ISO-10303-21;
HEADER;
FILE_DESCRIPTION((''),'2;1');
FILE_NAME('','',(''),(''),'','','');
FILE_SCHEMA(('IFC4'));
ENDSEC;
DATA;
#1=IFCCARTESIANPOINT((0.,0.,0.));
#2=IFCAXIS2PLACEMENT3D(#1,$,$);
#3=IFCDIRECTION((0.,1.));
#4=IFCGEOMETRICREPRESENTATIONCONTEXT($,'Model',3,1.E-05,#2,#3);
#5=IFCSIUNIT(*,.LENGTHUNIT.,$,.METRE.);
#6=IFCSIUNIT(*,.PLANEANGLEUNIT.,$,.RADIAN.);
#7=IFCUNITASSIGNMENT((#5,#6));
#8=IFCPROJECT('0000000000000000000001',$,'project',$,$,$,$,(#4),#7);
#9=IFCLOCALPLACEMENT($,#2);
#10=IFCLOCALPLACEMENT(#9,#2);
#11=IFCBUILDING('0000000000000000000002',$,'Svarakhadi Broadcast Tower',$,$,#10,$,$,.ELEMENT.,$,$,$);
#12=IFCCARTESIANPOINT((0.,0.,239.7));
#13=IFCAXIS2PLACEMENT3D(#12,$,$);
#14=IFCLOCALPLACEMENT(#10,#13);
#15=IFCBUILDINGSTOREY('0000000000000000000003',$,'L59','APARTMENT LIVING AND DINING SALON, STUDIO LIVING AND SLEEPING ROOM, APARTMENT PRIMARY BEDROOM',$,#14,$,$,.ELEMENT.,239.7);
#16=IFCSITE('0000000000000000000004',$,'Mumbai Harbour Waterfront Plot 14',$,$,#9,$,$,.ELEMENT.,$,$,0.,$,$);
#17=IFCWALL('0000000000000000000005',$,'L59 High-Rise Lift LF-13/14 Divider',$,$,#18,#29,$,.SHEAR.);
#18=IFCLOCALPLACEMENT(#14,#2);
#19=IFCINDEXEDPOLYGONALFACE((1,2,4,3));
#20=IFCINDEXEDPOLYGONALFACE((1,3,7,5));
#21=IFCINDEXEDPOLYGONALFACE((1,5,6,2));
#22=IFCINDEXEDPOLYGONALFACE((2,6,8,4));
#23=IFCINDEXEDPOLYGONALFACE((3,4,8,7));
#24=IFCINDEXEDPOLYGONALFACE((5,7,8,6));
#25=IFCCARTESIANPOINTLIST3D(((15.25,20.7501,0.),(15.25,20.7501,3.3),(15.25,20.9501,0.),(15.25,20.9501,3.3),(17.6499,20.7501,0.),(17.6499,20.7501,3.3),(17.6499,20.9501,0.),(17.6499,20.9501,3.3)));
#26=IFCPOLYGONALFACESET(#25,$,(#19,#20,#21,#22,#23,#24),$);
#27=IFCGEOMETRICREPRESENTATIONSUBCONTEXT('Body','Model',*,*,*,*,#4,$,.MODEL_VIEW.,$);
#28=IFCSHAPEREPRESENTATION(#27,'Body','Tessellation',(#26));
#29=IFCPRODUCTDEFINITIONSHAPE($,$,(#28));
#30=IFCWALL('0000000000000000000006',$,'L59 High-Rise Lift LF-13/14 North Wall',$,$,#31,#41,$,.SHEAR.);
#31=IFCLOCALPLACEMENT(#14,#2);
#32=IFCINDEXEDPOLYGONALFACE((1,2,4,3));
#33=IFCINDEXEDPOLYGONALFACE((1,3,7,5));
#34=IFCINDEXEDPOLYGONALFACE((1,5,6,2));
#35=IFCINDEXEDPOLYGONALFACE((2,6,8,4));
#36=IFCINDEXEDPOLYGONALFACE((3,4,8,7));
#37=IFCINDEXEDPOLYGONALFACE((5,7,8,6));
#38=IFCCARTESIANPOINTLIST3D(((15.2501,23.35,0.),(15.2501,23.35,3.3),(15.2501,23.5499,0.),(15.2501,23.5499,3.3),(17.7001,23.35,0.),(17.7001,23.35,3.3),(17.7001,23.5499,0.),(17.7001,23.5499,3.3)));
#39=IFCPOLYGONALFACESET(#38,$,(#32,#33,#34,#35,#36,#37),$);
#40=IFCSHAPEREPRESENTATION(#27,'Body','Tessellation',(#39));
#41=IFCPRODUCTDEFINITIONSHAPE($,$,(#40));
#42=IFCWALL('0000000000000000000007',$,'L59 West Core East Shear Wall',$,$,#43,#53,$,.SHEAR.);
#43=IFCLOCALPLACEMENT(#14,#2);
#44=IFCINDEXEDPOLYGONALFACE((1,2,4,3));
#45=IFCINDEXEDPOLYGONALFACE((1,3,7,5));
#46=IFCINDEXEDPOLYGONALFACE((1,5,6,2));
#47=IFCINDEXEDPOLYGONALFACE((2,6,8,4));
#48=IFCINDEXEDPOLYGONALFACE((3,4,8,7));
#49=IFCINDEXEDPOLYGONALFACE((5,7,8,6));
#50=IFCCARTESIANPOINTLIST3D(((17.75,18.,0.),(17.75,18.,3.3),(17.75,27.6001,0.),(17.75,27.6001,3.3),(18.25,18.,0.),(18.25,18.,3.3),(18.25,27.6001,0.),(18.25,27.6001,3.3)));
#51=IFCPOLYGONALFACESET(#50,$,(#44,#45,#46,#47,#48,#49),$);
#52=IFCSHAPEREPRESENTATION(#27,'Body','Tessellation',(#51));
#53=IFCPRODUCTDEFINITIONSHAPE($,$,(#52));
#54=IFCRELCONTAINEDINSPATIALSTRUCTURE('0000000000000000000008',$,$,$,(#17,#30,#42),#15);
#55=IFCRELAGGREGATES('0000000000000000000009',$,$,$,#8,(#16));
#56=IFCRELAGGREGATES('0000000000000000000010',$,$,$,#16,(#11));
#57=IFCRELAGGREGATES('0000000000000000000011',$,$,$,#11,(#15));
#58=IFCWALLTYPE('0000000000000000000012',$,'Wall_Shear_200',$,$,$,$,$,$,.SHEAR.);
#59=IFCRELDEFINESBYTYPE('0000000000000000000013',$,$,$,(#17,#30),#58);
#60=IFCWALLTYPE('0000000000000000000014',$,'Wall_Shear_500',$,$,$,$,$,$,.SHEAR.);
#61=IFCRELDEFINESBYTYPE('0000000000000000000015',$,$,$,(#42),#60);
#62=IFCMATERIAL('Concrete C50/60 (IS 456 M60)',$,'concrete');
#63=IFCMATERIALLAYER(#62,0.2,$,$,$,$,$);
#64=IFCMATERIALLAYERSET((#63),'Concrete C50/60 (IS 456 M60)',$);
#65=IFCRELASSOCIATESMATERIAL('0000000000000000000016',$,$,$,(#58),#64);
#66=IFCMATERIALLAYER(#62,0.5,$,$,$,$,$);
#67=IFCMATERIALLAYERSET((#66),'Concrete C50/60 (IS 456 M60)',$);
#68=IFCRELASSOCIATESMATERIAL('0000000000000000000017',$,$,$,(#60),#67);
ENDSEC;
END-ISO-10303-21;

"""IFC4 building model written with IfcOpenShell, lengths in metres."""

from ifc_helpers import new_model, si_unit, direction, frame, frame_2d, origin, place, context, subcontext, project, spatial, rectangle, extrude, material, layer, layer_set, type_object, element, save


model = new_model("IFC4")

# Units and contexts
model_context = context("Model", 3, precision=1e-05, world=origin(), true_north=direction((0.0, 1.0)))
body_context = subcontext(model_context, "Body", "Model", "MODEL_VIEW")
ifc_project = project(units=[si_unit("LENGTHUNIT", "METRE"), si_unit("PLANEANGLEUNIT", "RADIAN")], contexts=[model_context])

# Site, building, storey
site_placement = place(None, origin())
site = spatial("IfcSite", under=ifc_project, at=site_placement, Name="Mumbai Harbour Waterfront Plot 14", CompositionType="ELEMENT", RefElevation=0.0)
building_placement = place(site_placement, origin())
building = spatial("IfcBuilding", under=site, at=building_placement, Name="Svarakhadi Broadcast Tower", CompositionType="ELEMENT")
storey_placement = place(building_placement, frame((0.0, 0.0, 239.7)))
storey = spatial("IfcBuildingStorey", under=building, at=storey_placement, Name="L59", Description="APARTMENT LIVING AND DINING SALON, STUDIO LIVING AND SLEEPING ROOM, APARTMENT PRIMARY BEDROOM", CompositionType="ELEMENT", Elevation=239.7)

# Shared definitions
ifc_material_1 = material(Name="Concrete C50/60 (IS 456 M60)", Category="concrete")

# Shared definitions
ifc_layer_1 = layer(ifc_material_1, 0.2)
ifc_layer_set_1 = layer_set([ifc_layer_1], Name="Concrete C50/60 (IS 456 M60)")
wall_type_1 = type_object("IfcWallType", Name="Wall_Shear_200", PredefinedType="SHEAR", material=ifc_layer_set_1)

# Walls
wall_1_placement = place(storey_placement, frame((15.25, 20.8501, 0.0), z_axis=(0.0, 0.0, 1.0), x_axis=(1.0, 0.0, 0.0)))
element("IfcWall", 1, at=wall_1_placement, inside=storey, type_object=wall_type_1, Name="L59 High-Rise Lift LF-13/14 Divider", PredefinedType="SHEAR", context=body_context, shape_type="SweptSolid", body=[
    extrude(rectangle(XDim=2.3999, YDim=0.2, at=frame_2d((1.2, 0.0))), origin(), (0.0, 0.0, 1.0), 3.3),
])
wall_2_placement = place(storey_placement, frame((15.25, 23.45, 0.0), z_axis=(0.0, 0.0, 1.0), x_axis=(1.0, 0.0, 0.0)))
element("IfcWall", 2, at=wall_2_placement, inside=storey, type_object=wall_type_1, Name="L59 High-Rise Lift LF-13/14 North Wall", PredefinedType="SHEAR", context=body_context, shape_type="SweptSolid", body=[
    extrude(rectangle(XDim=2.45, YDim=0.2, at=frame_2d((1.2251, 0.0))), origin(), (0.0, 0.0, 1.0), 3.3),
])
ifc_layer_2 = layer(ifc_material_1, 0.5)
ifc_layer_set_2 = layer_set([ifc_layer_2], Name="Concrete C50/60 (IS 456 M60)")
wall_type_2 = type_object("IfcWallType", Name="Wall_Shear_500", PredefinedType="SHEAR", material=ifc_layer_set_2)
wall_3_placement = place(storey_placement, frame((18.0, 18.0, 0.0), z_axis=(0.0, 0.0, 1.0), x_axis=(0.0, 1.0, 0.0)))
element("IfcWall", 3, at=wall_3_placement, inside=storey, type_object=wall_type_2, Name="L59 West Core East Shear Wall", PredefinedType="SHEAR", context=body_context, shape_type="SweptSolid", body=[
    extrude(rectangle(XDim=9.6001, YDim=0.5, at=frame_2d((4.8, 0.0))), origin(), (0.0, 0.0, 1.0), 3.3),
])

save(model, "model.ifc")
